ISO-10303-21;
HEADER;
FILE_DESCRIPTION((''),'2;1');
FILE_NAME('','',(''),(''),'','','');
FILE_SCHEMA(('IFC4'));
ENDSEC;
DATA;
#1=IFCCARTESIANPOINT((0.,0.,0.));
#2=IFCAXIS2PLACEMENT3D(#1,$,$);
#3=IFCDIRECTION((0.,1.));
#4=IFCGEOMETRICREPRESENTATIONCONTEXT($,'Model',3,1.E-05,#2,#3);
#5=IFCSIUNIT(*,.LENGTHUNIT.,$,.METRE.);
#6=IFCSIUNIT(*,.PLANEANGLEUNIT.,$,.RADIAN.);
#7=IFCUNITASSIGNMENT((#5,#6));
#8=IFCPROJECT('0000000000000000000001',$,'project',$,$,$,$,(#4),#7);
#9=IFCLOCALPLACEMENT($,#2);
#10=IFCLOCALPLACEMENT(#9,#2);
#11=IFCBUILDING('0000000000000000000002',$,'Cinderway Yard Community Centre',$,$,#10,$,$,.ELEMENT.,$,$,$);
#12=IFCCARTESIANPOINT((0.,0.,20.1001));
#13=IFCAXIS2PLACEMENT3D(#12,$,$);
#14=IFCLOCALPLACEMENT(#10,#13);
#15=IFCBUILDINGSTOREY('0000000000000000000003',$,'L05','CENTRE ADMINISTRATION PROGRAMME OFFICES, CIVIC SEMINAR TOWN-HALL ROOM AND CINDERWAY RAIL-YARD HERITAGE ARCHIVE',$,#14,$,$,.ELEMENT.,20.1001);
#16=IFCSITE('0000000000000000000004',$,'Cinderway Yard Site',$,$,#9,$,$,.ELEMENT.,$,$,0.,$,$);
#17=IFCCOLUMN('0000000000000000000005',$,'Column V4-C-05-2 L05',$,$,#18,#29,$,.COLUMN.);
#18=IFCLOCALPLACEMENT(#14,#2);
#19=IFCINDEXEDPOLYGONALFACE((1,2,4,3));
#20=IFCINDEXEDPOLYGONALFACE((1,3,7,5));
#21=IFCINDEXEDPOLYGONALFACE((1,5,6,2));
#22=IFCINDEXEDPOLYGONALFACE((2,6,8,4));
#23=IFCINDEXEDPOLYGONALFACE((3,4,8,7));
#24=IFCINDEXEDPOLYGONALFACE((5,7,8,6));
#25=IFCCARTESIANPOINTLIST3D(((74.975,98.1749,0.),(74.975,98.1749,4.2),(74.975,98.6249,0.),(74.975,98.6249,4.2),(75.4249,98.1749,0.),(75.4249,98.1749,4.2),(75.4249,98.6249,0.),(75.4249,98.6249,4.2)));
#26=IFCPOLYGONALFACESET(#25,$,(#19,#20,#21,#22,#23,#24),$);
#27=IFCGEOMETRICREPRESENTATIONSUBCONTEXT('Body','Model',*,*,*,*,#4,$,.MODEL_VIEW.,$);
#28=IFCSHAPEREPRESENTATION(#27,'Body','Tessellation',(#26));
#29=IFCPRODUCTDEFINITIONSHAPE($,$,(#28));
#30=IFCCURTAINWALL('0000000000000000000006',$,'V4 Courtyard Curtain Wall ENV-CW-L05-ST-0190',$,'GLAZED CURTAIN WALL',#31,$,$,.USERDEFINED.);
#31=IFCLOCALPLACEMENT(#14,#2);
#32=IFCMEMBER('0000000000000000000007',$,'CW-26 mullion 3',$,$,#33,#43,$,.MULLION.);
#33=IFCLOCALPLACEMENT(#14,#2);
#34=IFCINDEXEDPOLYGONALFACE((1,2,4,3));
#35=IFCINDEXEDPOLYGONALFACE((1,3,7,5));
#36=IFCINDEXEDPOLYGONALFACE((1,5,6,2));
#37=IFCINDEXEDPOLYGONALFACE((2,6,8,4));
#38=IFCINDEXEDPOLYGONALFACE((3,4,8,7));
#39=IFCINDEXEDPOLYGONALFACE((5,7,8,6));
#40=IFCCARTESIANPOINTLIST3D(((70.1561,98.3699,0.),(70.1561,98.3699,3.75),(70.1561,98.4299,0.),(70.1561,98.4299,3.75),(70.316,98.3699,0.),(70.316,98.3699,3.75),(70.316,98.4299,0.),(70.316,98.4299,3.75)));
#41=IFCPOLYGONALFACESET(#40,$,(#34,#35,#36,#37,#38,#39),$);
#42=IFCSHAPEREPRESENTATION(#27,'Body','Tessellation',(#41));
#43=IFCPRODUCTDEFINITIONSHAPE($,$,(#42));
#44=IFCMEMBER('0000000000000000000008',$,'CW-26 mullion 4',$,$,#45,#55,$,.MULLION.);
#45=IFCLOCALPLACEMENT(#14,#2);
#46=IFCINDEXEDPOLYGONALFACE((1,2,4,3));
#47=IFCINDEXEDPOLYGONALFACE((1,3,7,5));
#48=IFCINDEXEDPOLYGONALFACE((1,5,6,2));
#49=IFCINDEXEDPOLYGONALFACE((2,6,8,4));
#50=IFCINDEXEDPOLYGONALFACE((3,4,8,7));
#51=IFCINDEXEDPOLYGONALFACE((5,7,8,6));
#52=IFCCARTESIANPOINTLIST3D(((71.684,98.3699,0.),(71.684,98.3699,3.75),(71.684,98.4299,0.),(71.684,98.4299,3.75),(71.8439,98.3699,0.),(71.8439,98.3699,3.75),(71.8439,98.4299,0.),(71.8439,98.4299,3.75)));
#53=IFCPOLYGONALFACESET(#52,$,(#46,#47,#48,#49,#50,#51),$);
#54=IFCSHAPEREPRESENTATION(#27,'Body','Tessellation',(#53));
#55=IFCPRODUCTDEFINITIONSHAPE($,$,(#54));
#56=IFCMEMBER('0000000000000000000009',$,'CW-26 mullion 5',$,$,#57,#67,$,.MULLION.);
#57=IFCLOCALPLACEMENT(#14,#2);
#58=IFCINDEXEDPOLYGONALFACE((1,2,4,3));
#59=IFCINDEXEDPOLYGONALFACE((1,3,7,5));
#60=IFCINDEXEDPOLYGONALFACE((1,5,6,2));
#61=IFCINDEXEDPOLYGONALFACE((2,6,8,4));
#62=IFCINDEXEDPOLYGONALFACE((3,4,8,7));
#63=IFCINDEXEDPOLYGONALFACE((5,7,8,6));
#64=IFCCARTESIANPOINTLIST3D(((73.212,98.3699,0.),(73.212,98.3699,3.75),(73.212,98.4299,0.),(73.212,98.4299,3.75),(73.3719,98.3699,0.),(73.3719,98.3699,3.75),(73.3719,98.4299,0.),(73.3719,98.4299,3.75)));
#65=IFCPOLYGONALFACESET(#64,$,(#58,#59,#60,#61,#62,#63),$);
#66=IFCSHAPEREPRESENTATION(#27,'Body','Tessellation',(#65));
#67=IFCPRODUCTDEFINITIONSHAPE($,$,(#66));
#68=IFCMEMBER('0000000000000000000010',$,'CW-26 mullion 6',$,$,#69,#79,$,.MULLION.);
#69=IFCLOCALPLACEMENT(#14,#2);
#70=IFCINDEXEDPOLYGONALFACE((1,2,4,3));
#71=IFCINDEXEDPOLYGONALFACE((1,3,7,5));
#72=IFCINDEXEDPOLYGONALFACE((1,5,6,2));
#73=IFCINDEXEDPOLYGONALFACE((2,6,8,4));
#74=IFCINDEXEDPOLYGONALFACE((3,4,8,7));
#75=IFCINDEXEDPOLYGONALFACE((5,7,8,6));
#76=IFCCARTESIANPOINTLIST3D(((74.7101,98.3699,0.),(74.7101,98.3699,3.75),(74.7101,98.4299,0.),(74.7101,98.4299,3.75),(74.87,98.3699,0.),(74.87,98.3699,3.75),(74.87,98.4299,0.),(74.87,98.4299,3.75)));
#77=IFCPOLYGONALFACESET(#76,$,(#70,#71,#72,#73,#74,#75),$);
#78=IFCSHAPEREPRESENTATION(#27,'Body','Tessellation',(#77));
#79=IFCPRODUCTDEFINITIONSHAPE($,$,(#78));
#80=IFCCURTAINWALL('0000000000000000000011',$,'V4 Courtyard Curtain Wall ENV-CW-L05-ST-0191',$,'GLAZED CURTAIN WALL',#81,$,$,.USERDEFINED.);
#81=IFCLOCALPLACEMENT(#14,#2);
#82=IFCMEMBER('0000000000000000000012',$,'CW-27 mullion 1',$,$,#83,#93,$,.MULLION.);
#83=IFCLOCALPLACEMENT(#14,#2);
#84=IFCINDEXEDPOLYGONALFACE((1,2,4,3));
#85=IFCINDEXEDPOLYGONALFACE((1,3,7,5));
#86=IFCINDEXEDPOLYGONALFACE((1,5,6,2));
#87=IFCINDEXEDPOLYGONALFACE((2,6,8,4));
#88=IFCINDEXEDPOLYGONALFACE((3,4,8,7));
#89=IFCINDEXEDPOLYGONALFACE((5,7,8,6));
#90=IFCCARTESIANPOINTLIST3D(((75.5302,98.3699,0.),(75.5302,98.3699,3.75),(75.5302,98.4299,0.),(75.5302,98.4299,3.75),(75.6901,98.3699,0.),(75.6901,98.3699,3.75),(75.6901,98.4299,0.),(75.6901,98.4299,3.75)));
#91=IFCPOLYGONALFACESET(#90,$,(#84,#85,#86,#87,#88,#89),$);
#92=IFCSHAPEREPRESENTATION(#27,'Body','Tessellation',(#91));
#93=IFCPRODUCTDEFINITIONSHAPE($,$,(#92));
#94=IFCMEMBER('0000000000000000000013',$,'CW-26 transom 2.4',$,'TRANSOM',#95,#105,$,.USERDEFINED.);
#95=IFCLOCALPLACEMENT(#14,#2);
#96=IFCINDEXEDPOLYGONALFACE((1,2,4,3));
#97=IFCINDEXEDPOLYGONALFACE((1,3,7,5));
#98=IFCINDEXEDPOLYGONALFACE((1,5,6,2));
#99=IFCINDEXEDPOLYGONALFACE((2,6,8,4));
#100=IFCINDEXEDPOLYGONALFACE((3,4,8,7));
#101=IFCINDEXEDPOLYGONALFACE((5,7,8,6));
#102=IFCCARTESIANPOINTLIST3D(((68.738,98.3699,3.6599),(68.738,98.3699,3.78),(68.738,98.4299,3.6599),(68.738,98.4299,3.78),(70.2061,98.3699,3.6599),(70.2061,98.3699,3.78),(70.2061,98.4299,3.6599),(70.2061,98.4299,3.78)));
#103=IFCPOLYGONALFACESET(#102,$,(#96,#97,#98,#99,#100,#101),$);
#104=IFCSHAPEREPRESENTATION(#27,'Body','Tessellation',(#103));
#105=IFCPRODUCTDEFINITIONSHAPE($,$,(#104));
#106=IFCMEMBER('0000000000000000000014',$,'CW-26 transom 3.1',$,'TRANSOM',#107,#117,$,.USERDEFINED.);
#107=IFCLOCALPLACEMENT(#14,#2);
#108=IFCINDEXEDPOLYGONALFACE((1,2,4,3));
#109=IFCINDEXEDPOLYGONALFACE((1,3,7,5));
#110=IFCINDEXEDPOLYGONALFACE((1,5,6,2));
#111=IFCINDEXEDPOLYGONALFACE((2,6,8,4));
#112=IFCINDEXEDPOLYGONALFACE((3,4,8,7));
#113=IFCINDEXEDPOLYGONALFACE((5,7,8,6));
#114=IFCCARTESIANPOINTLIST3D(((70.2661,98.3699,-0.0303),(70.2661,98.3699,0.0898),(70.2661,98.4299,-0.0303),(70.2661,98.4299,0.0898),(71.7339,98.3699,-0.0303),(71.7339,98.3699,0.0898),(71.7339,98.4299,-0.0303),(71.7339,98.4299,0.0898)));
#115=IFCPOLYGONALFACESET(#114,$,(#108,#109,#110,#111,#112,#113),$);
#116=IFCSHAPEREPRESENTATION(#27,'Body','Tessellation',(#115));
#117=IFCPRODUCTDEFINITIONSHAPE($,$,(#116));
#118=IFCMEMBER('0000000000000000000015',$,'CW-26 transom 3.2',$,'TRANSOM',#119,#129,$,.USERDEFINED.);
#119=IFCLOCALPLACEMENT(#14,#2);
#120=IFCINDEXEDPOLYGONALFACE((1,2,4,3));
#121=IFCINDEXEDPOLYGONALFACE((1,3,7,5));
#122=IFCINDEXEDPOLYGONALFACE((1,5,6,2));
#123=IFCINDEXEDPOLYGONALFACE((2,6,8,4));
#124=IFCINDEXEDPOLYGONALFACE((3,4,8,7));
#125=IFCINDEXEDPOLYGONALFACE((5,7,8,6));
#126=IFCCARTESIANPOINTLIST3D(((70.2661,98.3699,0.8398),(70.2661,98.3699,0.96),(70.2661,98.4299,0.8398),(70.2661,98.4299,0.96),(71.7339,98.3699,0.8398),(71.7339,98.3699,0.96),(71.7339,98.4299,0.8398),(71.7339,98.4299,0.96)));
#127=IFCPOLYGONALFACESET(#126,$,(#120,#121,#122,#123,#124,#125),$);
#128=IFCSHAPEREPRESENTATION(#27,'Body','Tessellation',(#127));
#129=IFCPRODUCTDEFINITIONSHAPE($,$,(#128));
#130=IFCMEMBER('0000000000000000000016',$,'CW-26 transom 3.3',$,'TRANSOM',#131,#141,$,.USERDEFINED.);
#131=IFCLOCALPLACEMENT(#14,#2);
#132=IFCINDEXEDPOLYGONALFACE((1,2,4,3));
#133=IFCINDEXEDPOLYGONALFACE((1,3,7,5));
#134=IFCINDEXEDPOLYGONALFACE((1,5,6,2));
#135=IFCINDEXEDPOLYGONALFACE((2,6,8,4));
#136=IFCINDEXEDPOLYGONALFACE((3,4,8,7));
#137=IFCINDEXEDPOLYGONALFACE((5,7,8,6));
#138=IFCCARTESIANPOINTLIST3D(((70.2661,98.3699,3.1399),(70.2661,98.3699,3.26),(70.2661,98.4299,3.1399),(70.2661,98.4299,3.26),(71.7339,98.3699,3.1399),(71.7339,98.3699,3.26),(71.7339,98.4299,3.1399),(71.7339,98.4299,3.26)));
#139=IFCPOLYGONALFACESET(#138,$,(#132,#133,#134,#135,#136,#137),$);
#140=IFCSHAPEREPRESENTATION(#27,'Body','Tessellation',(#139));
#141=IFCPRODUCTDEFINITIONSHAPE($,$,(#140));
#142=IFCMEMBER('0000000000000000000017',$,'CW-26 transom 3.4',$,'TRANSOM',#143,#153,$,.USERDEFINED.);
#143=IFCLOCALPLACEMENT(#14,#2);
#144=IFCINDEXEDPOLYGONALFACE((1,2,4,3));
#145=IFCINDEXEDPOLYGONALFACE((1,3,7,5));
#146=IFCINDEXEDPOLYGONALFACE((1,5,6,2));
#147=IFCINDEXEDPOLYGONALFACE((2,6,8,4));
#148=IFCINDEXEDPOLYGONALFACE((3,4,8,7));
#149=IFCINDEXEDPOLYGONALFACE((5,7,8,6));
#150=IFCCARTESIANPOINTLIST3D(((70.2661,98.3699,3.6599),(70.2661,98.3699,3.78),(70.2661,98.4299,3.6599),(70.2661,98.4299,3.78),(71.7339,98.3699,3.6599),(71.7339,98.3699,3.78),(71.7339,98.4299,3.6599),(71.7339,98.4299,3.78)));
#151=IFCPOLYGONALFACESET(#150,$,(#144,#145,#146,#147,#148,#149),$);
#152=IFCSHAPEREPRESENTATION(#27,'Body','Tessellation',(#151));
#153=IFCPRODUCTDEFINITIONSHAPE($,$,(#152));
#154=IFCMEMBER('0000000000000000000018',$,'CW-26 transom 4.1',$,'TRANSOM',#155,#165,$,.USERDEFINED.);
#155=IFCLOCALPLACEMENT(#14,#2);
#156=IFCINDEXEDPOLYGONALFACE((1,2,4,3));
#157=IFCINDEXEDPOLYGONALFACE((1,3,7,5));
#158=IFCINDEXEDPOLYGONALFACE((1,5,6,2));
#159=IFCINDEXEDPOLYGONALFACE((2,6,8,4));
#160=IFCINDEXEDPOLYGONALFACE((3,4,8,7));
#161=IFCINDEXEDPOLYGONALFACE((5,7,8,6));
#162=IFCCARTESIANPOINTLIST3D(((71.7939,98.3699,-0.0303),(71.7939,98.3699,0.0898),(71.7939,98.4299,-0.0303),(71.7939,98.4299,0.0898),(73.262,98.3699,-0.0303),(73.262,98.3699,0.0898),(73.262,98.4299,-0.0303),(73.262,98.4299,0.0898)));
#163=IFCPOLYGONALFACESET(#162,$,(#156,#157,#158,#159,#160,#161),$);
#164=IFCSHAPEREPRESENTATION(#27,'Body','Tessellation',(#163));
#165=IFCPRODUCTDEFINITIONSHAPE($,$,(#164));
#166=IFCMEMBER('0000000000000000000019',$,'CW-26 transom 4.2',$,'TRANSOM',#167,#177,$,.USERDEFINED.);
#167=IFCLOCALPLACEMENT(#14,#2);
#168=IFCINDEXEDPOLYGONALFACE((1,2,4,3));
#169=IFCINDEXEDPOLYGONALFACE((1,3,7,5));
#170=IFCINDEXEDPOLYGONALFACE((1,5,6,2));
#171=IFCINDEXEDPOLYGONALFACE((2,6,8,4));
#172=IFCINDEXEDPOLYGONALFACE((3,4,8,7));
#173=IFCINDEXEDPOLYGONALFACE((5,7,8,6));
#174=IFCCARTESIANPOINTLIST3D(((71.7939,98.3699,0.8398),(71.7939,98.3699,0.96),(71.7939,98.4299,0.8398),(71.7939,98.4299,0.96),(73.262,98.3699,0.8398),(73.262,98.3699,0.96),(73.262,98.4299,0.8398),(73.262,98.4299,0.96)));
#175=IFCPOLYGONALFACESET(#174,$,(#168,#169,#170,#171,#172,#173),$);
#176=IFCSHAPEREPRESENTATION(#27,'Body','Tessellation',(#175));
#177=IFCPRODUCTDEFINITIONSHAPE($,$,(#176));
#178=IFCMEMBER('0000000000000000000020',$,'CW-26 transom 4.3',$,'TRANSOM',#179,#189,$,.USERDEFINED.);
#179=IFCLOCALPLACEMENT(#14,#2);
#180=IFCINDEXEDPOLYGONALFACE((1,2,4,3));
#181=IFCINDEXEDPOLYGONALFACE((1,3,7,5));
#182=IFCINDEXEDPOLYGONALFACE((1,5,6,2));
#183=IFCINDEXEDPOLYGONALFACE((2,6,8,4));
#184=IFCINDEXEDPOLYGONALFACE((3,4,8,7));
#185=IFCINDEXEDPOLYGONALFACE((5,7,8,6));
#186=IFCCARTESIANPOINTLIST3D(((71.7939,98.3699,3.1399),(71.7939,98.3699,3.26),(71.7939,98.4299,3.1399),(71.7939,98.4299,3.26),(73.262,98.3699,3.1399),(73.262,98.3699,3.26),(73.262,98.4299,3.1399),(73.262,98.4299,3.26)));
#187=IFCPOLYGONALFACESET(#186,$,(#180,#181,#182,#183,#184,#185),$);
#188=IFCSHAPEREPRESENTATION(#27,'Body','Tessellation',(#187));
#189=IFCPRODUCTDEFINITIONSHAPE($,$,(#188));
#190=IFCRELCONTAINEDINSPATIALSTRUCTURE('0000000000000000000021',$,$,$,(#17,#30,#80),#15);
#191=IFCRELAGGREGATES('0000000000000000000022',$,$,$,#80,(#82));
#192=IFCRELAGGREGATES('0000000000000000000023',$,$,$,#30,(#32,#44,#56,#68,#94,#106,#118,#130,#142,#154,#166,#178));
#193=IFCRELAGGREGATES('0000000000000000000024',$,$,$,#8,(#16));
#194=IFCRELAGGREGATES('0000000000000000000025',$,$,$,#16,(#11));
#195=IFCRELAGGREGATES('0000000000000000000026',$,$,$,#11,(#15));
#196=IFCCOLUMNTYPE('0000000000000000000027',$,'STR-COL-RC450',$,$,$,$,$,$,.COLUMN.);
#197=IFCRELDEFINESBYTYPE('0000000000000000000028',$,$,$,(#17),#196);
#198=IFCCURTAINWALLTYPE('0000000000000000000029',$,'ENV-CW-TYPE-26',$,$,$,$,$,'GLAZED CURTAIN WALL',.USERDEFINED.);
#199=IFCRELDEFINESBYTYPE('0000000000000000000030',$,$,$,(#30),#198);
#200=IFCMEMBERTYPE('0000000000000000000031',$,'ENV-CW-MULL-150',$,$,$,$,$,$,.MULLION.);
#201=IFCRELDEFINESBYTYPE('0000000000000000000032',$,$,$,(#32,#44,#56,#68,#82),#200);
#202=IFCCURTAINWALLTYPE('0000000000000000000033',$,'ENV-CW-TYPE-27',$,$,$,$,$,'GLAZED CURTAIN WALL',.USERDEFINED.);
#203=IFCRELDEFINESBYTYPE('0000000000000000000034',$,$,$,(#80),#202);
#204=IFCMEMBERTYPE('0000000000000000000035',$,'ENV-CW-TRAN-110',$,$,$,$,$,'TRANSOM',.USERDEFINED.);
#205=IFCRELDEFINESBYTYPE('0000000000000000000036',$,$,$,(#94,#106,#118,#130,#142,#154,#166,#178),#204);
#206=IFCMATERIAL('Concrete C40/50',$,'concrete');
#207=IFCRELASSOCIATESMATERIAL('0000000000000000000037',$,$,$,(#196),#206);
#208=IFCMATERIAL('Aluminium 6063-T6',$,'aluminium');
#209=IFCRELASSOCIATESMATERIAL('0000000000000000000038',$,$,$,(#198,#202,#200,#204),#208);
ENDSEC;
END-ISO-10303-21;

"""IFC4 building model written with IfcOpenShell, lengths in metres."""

from ifc_helpers import new_model, si_unit, direction, frame, origin, origin_2d, place, context, subcontext, project, spatial, rectangle, extrude, material, material_profile, profile_set, type_object, element, aggregate, save


model = new_model("IFC4")

# Units and contexts
model_context = context("Model", 3, precision=1e-05, world=origin(), true_north=direction((0.0, 1.0)))
body_context = subcontext(model_context, "Body", "Model", "MODEL_VIEW")
ifc_project = project(units=[si_unit("LENGTHUNIT", "METRE"), si_unit("PLANEANGLEUNIT", "RADIAN")], contexts=[model_context])

# Site, building, storey
site_placement = place(None, origin())
site = spatial("IfcSite", under=ifc_project, at=site_placement, Name="Cinderway Yard Site", CompositionType="ELEMENT", RefElevation=0.0)
building_placement = place(site_placement, origin())
building = spatial("IfcBuilding", under=site, at=building_placement, Name="Cinderway Yard Community Centre", CompositionType="ELEMENT")
storey_placement = place(building_placement, frame((0.0, 0.0, 20.1001)))
storey = spatial("IfcBuildingStorey", under=building, at=storey_placement, Name="L05", Description="CENTRE ADMINISTRATION PROGRAMME OFFICES, CIVIC SEMINAR TOWN-HALL ROOM AND CINDERWAY RAIL-YARD HERITAGE ARCHIVE", CompositionType="ELEMENT", Elevation=20.1001)

# Column
ifc_material_1 = material(Name="Concrete C40/50", Category="concrete")
ifc_material_profile_1 = material_profile(ifc_material_1, rectangle(XDim=0.45, YDim=0.45, at=origin_2d()), Name="Concrete C40/50")
ifc_profile_set_1 = profile_set([ifc_material_profile_1], Name="Concrete C40/50")
column_type = type_object("IfcColumnType", Name="STR-COL-RC450", PredefinedType="COLUMN", material=ifc_profile_set_1)
column_placement = place(storey_placement, frame((75.2, 98.3999, 0.0), z_axis=(0.0, 0.0, 1.0), x_axis=(1.0, 0.0, 0.0)))
element("IfcColumn", 1, at=column_placement, inside=storey, type_object=column_type, Name="Column V4-C-05-2 L05", PredefinedType="COLUMN", context=body_context, shape_type="SweptSolid", body=[
    extrude(rectangle(XDim=0.45, YDim=0.45, at=origin_2d()), origin(), (0.0, 0.0, 1.0), 4.2),
])

# Curtain wall, members
ifc_material_2 = material(Name="Aluminium 6063-T6", Category="aluminium")
curtain_wall_type_1 = type_object("IfcCurtainWallType", Name="ENV-CW-TYPE-26", ElementType="GLAZED CURTAIN WALL", PredefinedType="USERDEFINED", material=ifc_material_2)
curtain_wall_1_placement = place(storey_placement, origin())
curtain_wall_1 = element("IfcCurtainWall", 2, at=curtain_wall_1_placement, inside=storey, type_object=curtain_wall_type_1, Name="V4 Courtyard Curtain Wall ENV-CW-L05-ST-0190", ObjectType="GLAZED CURTAIN WALL", PredefinedType="USERDEFINED")
ifc_material_profile_2 = material_profile(ifc_material_2, rectangle(XDim=0.0601, YDim=0.1599, at=origin_2d()), Name="Aluminium 6063-T6")
ifc_profile_set_2 = profile_set([ifc_material_profile_2], Name="Aluminium 6063-T6")
member_type_1 = type_object("IfcMemberType", Name="ENV-CW-MULL-150", PredefinedType="MULLION", material=ifc_profile_set_2)
member_1_placement = place(storey_placement, frame((70.2361, 98.3999, 0.0), z_axis=(0.0, 0.0, 1.0), x_axis=(0.0, 1.0, 0.0)))
member_1 = element("IfcMember", 3, at=member_1_placement, type_object=member_type_1, Name="CW-26 mullion 3", PredefinedType="MULLION", context=body_context, shape_type="SweptSolid", body=[
    extrude(rectangle(XDim=0.0601, YDim=0.1599, at=origin_2d()), origin(), (0.0, 0.0, 1.0), 3.75),
])
member_2_placement = place(storey_placement, frame((71.7639, 98.3999, 0.0), z_axis=(0.0, 0.0, 1.0), x_axis=(0.0, 1.0, 0.0)))
member_2 = element("IfcMember", 4, at=member_2_placement, type_object=member_type_1, Name="CW-26 mullion 4", PredefinedType="MULLION", context=body_context, shape_type="SweptSolid", body=[
    extrude(rectangle(XDim=0.0601, YDim=0.1599, at=origin_2d()), origin(), (0.0, 0.0, 1.0), 3.75),
])
member_3_placement = place(storey_placement, frame((73.292, 98.3999, 0.0), z_axis=(0.0, 0.0, 1.0), x_axis=(0.0, 1.0, 0.0)))
member_3 = element("IfcMember", 5, at=member_3_placement, type_object=member_type_1, Name="CW-26 mullion 5", PredefinedType="MULLION", context=body_context, shape_type="SweptSolid", body=[
    extrude(rectangle(XDim=0.0601, YDim=0.1599, at=origin_2d()), origin(), (0.0, 0.0, 1.0), 3.75),
])
member_4_placement = place(storey_placement, frame((74.79, 98.3999, 0.0), z_axis=(0.0, 0.0, 1.0), x_axis=(0.0, 1.0, 0.0)))
member_4 = element("IfcMember", 6, at=member_4_placement, type_object=member_type_1, Name="CW-26 mullion 6", PredefinedType="MULLION", context=body_context, shape_type="SweptSolid", body=[
    extrude(rectangle(XDim=0.0601, YDim=0.1599, at=origin_2d()), origin(), (0.0, 0.0, 1.0), 3.75),
])

# Curtain wall, member
curtain_wall_type_2 = type_object("IfcCurtainWallType", Name="ENV-CW-TYPE-27", ElementType="GLAZED CURTAIN WALL", PredefinedType="USERDEFINED", material=ifc_material_2)
curtain_wall_2_placement = place(storey_placement, origin())
curtain_wall_2 = element("IfcCurtainWall", 7, at=curtain_wall_2_placement, inside=storey, type_object=curtain_wall_type_2, Name="V4 Courtyard Curtain Wall ENV-CW-L05-ST-0191", ObjectType="GLAZED CURTAIN WALL", PredefinedType="USERDEFINED")
member_5_placement = place(storey_placement, frame((75.6101, 98.3999, 0.0), z_axis=(0.0, 0.0, 1.0), x_axis=(0.0, 1.0, 0.0)))
member_5 = element("IfcMember", 8, at=member_5_placement, type_object=member_type_1, Name="CW-27 mullion 1", PredefinedType="MULLION", context=body_context, shape_type="SweptSolid", body=[
    extrude(rectangle(XDim=0.0601, YDim=0.1599, at=origin_2d()), origin(), (0.0, 0.0, 1.0), 3.75),
])

# Members
ifc_material_profile_3 = material_profile(ifc_material_2, rectangle(XDim=0.0601, YDim=0.1201, at=origin_2d()), Name="Aluminium 6063-T6")
ifc_profile_set_3 = profile_set([ifc_material_profile_3], Name="Aluminium 6063-T6")
member_type_2 = type_object("IfcMemberType", Name="ENV-CW-TRAN-110", ElementType="TRANSOM", PredefinedType="USERDEFINED", material=ifc_profile_set_3)
member_6_placement = place(storey_placement, frame((68.738, 98.3999, 3.72), z_axis=(1.0, 0.0, 0.0), x_axis=(0.0, 1.0, 0.0)))
member_6 = element("IfcMember", 9, at=member_6_placement, type_object=member_type_2, Name="CW-26 transom 2.4", ObjectType="TRANSOM", PredefinedType="USERDEFINED", context=body_context, shape_type="SweptSolid", body=[
    extrude(rectangle(XDim=0.0601, YDim=0.1201, at=origin_2d()), origin(), (0.0, 0.0, 1.0), 1.468),
])
member_7_placement = place(storey_placement, frame((70.2661, 98.3999, 0.0298), z_axis=(1.0, 0.0, 0.0), x_axis=(0.0, 1.0, 0.0)))
member_7 = element("IfcMember", 10, at=member_7_placement, type_object=member_type_2, Name="CW-26 transom 3.1", ObjectType="TRANSOM", PredefinedType="USERDEFINED", context=body_context, shape_type="SweptSolid", body=[
    extrude(rectangle(XDim=0.0601, YDim=0.1201, at=origin_2d()), origin(), (0.0, 0.0, 1.0), 1.4678),
])
member_8_placement = place(storey_placement, frame((70.2661, 98.3999, 0.8999), z_axis=(1.0, 0.0, 0.0), x_axis=(0.0, 1.0, 0.0)))
member_8 = element("IfcMember", 11, at=member_8_placement, type_object=member_type_2, Name="CW-26 transom 3.2", ObjectType="TRANSOM", PredefinedType="USERDEFINED", context=body_context, shape_type="SweptSolid", body=[
    extrude(rectangle(XDim=0.0601, YDim=0.1201, at=origin_2d()), origin(), (0.0, 0.0, 1.0), 1.4678),
])
member_9_placement = place(storey_placement, frame((70.2661, 98.3999, 3.2), z_axis=(1.0, 0.0, 0.0), x_axis=(0.0, 1.0, 0.0)))
member_9 = element("IfcMember", 12, at=member_9_placement, type_object=member_type_2, Name="CW-26 transom 3.3", ObjectType="TRANSOM", PredefinedType="USERDEFINED", context=body_context, shape_type="SweptSolid", body=[
    extrude(rectangle(XDim=0.0601, YDim=0.1201, at=origin_2d()), origin(), (0.0, 0.0, 1.0), 1.4678),
])
member_10_placement = place(storey_placement, frame((70.2661, 98.3999, 3.72), z_axis=(1.0, 0.0, 0.0), x_axis=(0.0, 1.0, 0.0)))
member_10 = element("IfcMember", 13, at=member_10_placement, type_object=member_type_2, Name="CW-26 transom 3.4", ObjectType="TRANSOM", PredefinedType="USERDEFINED", context=body_context, shape_type="SweptSolid", body=[
    extrude(rectangle(XDim=0.0601, YDim=0.1201, at=origin_2d()), origin(), (0.0, 0.0, 1.0), 1.4678),
])
member_11_placement = place(storey_placement, frame((71.7939, 98.3999, 0.0298), z_axis=(1.0, 0.0, 0.0), x_axis=(0.0, 1.0, 0.0)))
member_11 = element("IfcMember", 14, at=member_11_placement, type_object=member_type_2, Name="CW-26 transom 4.1", ObjectType="TRANSOM", PredefinedType="USERDEFINED", context=body_context, shape_type="SweptSolid", body=[
    extrude(rectangle(XDim=0.0601, YDim=0.1201, at=origin_2d()), origin(), (0.0, 0.0, 1.0), 1.468),
])
member_12_placement = place(storey_placement, frame((71.7939, 98.3999, 0.8999), z_axis=(1.0, 0.0, 0.0), x_axis=(0.0, 1.0, 0.0)))
member_12 = element("IfcMember", 15, at=member_12_placement, type_object=member_type_2, Name="CW-26 transom 4.2", ObjectType="TRANSOM", PredefinedType="USERDEFINED", context=body_context, shape_type="SweptSolid", body=[
    extrude(rectangle(XDim=0.0601, YDim=0.1201, at=origin_2d()), origin(), (0.0, 0.0, 1.0), 1.468),
])
member_13_placement = place(storey_placement, frame((71.7939, 98.3999, 3.2), z_axis=(1.0, 0.0, 0.0), x_axis=(0.0, 1.0, 0.0)))
member_13 = element("IfcMember", 16, at=member_13_placement, type_object=member_type_2, Name="CW-26 transom 4.3", ObjectType="TRANSOM", PredefinedType="USERDEFINED", context=body_context, shape_type="SweptSolid", body=[
    extrude(rectangle(XDim=0.0601, YDim=0.1201, at=origin_2d()), origin(), (0.0, 0.0, 1.0), 1.468),
])
aggregate(curtain_wall_2, [member_5])

aggregate(curtain_wall_1, [member_1, member_2, member_3, member_4, member_6, member_7, member_8, member_9, member_10, member_11, member_12, member_13])

save(model, "model.ifc")
